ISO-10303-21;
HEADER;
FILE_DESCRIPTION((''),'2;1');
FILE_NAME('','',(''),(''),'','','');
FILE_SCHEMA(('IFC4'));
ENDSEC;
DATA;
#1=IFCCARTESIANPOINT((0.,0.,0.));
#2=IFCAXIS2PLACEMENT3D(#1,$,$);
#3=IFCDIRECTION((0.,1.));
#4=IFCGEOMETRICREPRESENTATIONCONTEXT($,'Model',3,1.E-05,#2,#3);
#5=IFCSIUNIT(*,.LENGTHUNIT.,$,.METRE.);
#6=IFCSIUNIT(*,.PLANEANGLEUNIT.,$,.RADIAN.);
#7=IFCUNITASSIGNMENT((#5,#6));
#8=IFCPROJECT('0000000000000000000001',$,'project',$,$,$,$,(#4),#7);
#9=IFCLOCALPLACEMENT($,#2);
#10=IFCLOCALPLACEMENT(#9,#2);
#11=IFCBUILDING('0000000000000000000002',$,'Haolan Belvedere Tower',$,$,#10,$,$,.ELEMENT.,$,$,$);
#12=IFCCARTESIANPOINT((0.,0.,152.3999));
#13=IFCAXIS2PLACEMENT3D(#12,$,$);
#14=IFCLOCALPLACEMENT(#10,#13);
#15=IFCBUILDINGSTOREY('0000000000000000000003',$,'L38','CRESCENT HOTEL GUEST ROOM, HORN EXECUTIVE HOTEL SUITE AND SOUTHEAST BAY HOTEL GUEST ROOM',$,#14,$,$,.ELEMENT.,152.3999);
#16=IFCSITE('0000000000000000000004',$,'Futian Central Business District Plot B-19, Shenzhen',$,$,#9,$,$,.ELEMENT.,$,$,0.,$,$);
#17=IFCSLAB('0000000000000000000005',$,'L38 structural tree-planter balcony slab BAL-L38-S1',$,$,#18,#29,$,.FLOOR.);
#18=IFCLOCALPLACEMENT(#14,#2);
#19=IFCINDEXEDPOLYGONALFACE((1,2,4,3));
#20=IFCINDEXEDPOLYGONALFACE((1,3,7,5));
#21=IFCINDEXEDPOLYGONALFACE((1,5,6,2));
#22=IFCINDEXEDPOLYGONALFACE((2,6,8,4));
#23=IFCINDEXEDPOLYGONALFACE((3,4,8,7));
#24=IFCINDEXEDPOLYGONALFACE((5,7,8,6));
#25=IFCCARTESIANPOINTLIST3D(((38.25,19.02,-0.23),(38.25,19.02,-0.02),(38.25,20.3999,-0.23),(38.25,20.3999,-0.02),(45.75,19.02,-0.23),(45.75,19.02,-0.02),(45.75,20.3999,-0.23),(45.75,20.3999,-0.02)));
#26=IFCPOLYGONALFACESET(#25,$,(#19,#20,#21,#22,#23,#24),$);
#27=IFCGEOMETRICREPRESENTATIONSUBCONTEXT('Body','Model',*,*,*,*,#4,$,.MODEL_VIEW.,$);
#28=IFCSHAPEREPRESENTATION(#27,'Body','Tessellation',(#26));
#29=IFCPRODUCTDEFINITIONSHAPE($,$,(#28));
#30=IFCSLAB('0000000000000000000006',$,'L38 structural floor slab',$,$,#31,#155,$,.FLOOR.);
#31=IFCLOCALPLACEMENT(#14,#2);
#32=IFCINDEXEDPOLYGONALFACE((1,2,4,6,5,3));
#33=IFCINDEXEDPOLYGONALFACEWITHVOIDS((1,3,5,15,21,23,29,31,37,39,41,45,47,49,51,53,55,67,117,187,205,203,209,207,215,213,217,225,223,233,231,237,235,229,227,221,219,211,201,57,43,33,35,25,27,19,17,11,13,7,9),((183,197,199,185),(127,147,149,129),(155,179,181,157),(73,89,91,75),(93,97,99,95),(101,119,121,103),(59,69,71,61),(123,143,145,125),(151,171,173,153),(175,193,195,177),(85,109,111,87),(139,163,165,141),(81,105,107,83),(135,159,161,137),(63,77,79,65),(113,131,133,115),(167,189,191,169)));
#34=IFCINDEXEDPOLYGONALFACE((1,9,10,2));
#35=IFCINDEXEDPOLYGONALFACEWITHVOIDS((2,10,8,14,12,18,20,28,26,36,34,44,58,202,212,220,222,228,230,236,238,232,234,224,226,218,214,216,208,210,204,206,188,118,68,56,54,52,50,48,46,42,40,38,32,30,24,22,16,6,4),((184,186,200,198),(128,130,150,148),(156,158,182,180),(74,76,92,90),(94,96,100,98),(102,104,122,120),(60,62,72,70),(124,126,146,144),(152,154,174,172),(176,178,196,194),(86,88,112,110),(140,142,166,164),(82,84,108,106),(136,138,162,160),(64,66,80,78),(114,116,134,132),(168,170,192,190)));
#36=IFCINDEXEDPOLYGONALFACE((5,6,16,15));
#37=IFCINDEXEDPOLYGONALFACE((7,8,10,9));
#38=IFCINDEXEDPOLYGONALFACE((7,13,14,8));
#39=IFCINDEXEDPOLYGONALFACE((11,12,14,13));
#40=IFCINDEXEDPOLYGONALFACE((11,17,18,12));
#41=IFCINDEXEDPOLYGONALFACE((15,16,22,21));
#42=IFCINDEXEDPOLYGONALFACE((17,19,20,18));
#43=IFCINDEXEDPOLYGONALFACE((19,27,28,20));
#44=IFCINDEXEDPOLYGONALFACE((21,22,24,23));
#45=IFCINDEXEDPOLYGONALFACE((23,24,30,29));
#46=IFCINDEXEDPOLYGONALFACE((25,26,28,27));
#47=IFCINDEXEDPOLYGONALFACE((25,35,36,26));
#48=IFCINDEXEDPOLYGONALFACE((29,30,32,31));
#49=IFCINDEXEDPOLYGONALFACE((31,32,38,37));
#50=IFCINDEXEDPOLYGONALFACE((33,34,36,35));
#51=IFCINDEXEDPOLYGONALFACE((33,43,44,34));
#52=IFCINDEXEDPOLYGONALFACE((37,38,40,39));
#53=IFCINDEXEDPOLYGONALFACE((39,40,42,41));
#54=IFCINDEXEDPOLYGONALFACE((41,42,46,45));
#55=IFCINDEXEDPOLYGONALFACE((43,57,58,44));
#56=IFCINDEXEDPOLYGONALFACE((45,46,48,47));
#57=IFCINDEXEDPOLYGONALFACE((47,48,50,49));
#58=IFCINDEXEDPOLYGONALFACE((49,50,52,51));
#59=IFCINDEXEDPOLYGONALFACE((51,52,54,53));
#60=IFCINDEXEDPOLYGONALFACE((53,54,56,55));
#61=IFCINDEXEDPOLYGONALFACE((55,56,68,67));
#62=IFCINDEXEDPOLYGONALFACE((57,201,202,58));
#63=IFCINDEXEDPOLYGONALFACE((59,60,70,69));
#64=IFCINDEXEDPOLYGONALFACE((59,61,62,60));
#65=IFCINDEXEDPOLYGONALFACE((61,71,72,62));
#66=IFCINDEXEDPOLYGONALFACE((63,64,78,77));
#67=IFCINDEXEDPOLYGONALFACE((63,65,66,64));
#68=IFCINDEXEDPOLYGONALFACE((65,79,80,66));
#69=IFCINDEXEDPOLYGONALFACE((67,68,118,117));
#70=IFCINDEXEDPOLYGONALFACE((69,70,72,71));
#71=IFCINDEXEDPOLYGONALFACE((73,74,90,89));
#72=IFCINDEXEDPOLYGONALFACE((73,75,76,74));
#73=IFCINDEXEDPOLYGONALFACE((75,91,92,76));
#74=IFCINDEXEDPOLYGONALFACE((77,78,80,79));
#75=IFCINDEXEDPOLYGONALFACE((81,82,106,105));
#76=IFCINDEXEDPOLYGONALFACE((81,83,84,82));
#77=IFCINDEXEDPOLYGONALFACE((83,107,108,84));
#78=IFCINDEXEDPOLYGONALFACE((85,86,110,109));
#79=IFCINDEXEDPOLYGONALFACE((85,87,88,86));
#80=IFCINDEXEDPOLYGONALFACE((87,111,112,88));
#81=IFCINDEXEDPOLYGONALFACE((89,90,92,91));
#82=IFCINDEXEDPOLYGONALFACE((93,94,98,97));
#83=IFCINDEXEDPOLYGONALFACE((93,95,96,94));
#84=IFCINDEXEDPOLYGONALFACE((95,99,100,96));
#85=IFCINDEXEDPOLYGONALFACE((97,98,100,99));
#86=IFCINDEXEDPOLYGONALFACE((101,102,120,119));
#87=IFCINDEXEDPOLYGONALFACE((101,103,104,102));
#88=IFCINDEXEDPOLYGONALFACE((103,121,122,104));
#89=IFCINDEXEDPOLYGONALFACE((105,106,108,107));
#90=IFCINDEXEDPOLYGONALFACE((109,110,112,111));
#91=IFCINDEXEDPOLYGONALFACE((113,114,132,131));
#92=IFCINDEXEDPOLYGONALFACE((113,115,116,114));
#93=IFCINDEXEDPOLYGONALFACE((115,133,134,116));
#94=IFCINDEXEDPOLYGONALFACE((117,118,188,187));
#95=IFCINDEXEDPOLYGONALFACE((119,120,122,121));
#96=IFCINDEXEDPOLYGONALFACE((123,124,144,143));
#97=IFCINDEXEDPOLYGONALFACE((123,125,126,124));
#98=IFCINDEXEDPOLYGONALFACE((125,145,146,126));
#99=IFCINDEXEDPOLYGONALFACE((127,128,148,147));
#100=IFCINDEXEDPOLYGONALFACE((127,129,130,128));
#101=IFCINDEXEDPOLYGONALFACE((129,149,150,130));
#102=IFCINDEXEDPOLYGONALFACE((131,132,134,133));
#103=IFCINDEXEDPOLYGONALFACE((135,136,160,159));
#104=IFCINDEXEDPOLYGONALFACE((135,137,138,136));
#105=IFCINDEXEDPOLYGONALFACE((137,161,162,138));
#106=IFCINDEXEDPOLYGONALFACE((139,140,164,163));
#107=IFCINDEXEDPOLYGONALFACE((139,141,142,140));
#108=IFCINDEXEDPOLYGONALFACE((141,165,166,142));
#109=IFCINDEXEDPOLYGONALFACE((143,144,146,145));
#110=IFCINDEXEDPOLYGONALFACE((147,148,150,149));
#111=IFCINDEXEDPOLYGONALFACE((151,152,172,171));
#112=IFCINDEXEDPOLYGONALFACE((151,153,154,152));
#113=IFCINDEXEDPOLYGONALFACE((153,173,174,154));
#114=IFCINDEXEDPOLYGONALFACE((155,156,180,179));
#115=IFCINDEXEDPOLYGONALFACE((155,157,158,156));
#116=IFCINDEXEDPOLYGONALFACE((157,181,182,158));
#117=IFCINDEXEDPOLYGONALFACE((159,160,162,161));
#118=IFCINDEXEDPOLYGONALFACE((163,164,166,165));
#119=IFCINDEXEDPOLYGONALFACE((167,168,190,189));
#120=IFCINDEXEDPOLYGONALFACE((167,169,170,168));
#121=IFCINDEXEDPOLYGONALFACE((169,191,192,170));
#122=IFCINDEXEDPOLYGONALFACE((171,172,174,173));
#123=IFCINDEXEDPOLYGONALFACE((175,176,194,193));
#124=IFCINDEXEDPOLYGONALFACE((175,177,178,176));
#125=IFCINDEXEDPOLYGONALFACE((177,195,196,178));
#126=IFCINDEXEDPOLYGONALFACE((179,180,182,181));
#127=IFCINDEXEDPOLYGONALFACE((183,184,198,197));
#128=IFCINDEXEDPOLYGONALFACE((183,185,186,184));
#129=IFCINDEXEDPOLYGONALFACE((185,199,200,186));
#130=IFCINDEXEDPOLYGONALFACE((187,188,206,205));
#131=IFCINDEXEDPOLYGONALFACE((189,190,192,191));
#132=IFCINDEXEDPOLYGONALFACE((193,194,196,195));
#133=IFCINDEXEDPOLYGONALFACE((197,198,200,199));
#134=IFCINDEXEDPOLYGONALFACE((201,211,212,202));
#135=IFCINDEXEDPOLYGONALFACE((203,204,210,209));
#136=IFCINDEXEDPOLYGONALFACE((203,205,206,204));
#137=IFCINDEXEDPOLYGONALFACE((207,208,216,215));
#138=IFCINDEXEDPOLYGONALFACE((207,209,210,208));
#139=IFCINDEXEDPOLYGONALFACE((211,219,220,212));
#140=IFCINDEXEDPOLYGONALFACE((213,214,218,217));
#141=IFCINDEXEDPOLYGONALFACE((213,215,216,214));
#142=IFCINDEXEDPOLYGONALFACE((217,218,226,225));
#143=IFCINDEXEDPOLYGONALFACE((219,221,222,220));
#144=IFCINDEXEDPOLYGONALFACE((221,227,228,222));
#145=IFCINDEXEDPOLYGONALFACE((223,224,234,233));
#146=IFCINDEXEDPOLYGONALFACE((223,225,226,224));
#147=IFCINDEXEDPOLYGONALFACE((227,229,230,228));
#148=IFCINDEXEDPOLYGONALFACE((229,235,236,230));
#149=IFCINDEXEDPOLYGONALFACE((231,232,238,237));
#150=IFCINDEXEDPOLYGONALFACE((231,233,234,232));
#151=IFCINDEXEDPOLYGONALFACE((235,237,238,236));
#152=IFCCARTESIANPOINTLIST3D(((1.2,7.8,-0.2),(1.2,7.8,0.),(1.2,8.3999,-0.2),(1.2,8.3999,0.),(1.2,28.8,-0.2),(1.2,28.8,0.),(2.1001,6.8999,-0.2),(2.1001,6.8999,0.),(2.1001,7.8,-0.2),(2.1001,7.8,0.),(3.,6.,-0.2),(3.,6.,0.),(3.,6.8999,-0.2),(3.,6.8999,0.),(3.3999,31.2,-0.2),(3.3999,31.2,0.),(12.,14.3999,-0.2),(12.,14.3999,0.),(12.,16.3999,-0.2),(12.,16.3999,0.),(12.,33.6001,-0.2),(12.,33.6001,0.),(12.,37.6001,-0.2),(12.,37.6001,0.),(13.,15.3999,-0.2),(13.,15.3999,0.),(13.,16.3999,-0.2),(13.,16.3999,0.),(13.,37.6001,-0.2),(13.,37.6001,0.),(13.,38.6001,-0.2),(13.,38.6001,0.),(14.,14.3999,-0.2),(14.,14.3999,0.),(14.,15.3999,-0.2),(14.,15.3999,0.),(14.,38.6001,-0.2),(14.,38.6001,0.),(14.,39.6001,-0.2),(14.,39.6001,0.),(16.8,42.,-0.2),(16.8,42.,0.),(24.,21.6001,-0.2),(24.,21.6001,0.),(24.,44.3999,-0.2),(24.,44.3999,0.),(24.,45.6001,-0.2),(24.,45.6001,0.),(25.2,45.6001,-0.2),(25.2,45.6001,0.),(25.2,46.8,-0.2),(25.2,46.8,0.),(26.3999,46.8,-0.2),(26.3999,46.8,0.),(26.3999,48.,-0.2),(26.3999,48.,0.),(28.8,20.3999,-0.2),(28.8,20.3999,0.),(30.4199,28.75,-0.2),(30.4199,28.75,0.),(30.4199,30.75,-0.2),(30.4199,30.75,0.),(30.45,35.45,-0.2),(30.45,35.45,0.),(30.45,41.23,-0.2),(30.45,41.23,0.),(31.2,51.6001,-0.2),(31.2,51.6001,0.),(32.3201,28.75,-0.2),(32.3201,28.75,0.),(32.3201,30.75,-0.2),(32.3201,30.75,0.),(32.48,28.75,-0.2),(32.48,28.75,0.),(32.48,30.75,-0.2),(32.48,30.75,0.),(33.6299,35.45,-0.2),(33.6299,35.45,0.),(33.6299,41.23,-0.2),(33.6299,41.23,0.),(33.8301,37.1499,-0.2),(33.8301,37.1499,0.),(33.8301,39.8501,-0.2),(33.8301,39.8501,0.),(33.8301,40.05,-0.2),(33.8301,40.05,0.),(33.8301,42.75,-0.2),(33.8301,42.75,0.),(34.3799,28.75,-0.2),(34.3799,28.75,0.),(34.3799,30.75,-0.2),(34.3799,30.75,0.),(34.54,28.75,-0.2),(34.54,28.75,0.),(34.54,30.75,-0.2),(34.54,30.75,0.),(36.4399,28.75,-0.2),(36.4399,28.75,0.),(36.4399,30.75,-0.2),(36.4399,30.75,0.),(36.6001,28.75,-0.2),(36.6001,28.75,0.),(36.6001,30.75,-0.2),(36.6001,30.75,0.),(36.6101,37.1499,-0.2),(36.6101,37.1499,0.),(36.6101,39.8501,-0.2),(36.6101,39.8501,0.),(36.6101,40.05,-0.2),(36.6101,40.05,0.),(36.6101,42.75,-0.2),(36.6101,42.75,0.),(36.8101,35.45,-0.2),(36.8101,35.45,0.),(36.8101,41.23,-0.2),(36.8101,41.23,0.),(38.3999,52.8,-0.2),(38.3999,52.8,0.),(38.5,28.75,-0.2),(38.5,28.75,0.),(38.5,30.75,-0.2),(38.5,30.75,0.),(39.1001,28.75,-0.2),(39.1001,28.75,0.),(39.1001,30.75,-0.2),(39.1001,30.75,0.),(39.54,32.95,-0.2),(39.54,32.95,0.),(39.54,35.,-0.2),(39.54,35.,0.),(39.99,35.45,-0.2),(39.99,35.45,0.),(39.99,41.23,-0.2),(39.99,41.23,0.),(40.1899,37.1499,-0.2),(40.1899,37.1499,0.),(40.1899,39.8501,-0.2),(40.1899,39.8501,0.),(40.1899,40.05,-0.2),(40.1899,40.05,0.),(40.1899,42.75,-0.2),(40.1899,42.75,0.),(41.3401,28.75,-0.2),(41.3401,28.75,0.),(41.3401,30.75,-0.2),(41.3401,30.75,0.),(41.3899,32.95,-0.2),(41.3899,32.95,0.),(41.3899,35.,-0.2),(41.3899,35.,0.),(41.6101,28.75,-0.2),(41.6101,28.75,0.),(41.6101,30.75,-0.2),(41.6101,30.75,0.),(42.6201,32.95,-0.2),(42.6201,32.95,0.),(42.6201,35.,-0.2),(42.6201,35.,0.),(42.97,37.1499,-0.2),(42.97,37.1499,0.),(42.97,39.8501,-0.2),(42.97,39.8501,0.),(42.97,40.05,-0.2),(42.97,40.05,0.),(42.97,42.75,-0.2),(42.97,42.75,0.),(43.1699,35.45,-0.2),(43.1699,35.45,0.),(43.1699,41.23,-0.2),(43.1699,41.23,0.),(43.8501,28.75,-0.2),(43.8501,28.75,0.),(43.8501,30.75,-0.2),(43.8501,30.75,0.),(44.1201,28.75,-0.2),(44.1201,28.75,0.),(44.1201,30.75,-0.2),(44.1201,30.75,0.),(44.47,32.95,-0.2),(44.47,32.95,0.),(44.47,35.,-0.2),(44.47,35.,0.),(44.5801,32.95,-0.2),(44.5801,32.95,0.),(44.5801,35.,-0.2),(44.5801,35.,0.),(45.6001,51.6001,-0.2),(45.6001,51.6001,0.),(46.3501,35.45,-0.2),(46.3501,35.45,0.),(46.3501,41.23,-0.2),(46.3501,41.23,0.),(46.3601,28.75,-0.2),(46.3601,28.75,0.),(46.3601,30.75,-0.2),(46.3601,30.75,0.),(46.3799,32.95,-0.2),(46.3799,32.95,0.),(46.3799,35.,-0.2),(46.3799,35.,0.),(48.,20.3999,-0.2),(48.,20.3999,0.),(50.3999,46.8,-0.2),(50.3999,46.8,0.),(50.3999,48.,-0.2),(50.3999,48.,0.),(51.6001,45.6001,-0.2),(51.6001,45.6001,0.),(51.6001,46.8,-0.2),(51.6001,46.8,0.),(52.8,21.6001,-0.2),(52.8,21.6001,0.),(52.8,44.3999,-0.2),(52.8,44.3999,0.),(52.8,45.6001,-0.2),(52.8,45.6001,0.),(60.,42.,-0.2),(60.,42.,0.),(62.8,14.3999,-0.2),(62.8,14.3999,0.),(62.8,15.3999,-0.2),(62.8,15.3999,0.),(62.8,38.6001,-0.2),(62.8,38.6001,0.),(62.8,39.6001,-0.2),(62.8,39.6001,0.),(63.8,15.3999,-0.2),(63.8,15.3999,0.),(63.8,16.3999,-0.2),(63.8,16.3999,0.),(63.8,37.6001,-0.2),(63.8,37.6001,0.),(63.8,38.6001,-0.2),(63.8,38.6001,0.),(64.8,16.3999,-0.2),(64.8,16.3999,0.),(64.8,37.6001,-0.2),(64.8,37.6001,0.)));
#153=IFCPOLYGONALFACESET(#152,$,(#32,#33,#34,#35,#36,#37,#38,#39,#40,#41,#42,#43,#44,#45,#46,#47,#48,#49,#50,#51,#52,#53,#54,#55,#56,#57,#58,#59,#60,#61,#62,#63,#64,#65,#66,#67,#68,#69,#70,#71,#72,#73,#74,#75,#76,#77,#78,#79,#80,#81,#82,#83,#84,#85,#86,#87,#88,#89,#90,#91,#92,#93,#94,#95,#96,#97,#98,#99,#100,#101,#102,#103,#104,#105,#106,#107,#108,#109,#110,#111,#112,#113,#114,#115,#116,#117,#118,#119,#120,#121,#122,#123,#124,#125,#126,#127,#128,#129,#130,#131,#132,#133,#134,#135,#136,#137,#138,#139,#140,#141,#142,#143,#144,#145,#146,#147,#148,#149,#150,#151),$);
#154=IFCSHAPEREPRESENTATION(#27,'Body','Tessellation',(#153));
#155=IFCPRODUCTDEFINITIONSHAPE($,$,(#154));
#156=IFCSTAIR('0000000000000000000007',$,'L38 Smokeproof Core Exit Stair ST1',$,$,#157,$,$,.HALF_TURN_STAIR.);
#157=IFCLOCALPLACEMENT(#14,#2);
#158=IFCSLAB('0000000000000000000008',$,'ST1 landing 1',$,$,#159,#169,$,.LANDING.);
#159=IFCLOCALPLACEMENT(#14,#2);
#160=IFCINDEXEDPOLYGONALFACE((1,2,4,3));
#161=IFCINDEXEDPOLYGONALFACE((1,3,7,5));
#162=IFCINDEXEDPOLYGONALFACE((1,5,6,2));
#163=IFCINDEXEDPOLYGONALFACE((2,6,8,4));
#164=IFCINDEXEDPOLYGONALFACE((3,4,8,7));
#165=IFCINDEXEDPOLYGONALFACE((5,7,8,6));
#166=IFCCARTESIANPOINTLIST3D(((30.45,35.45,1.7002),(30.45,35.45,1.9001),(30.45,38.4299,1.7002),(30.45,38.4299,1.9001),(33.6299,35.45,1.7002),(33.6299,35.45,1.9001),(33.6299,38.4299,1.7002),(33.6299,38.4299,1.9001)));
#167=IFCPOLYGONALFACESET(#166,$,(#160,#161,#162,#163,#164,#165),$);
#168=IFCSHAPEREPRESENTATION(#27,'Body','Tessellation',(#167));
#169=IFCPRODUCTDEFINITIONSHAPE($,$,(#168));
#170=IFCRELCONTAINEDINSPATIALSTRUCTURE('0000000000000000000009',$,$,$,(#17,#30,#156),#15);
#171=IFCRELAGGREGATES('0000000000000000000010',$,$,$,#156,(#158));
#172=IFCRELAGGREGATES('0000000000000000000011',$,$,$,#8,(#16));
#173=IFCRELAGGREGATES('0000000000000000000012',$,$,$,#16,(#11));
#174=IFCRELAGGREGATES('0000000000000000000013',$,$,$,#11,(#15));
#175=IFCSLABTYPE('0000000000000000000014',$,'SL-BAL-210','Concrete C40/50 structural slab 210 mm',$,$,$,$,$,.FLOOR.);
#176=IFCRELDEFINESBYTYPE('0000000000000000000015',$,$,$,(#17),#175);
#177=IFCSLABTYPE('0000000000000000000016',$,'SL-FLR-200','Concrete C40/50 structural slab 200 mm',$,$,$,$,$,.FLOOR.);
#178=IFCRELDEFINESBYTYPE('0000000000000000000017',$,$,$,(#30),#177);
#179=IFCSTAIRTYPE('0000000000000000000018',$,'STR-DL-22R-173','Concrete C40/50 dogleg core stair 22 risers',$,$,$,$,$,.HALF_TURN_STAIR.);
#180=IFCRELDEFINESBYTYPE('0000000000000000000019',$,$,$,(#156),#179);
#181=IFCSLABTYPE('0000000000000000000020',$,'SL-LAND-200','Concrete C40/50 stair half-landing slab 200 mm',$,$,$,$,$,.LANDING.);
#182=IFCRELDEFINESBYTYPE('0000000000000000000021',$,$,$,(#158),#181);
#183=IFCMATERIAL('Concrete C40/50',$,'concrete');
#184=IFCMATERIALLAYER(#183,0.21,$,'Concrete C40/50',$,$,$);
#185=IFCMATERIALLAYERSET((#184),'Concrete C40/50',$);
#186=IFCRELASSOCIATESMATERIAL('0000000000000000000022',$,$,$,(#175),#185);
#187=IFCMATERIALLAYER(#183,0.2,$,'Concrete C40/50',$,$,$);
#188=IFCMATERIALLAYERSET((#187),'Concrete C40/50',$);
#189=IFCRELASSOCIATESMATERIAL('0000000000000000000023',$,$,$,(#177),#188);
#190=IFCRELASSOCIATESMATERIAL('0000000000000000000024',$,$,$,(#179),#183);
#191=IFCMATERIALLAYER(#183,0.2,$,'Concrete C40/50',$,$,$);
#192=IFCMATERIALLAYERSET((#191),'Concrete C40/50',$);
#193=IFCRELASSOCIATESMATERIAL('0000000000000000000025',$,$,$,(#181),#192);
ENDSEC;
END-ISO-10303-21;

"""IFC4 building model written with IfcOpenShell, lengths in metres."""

from ifc_helpers import new_model, si_unit, direction, frame, origin, place, context, subcontext, project, spatial, polyline, outline, extrude, material, layer, layer_set, type_object, element, aggregate, save


model = new_model("IFC4")

# Units and contexts
model_context = context("Model", 3, precision=1e-05, world=origin(), true_north=direction((0.0, 1.0)))
body_context = subcontext(model_context, "Body", "Model", "MODEL_VIEW")
ifc_project = project(units=[si_unit("LENGTHUNIT", "METRE"), si_unit("PLANEANGLEUNIT", "RADIAN")], contexts=[model_context])

# Site, building, storey
site_placement = place(None, origin())
site = spatial("IfcSite", under=ifc_project, at=site_placement, Name="Futian Central Business District Plot B-19, Shenzhen", CompositionType="ELEMENT", RefElevation=0.0)
building_placement = place(site_placement, origin())
building = spatial("IfcBuilding", under=site, at=building_placement, Name="Haolan Belvedere Tower", CompositionType="ELEMENT")
storey_placement = place(building_placement, frame((0.0, 0.0, 152.3999)))
storey = spatial("IfcBuildingStorey", under=building, at=storey_placement, Name="L38", Description="CRESCENT HOTEL GUEST ROOM, HORN EXECUTIVE HOTEL SUITE AND SOUTHEAST BAY HOTEL GUEST ROOM", CompositionType="ELEMENT", Elevation=152.3999)

# Slabs
ifc_material_1 = material(Name="Concrete C40/50", Category="concrete")
ifc_layer_1 = layer(ifc_material_1, 0.21, Name="Concrete C40/50")
ifc_layer_set_1 = layer_set([ifc_layer_1], Name="Concrete C40/50")
slab_type_1 = type_object("IfcSlabType", Name="SL-BAL-210", Description="Concrete C40/50 structural slab 210 mm", PredefinedType="FLOOR", material=ifc_layer_set_1)
slab_1_placement = place(storey_placement, frame((0.0, 0.0, -0.23)))
element("IfcSlab", 1, at=slab_1_placement, inside=storey, type_object=slab_type_1, Name="L38 structural tree-planter balcony slab BAL-L38-S1", PredefinedType="FLOOR", context=body_context, shape_type="SweptSolid", body=[
    extrude(outline(polyline([(38.25, 19.02), (45.75, 19.02), (45.75, 20.3999), (38.25, 20.3999), (38.25, 19.02)])), origin(), (0.0, 0.0, 1.0), 0.21),
])
ifc_layer_2 = layer(ifc_material_1, 0.2, Name="Concrete C40/50")
ifc_layer_set_2 = layer_set([ifc_layer_2], Name="Concrete C40/50")
slab_type_2 = type_object("IfcSlabType", Name="SL-FLR-200", Description="Concrete C40/50 structural slab 200 mm", PredefinedType="FLOOR", material=ifc_layer_set_2)
slab_2_placement = place(storey_placement, frame((0.0, 0.0, -0.2)))
element("IfcSlab", 2, at=slab_2_placement, inside=storey, type_object=slab_type_2, Name="L38 structural floor slab", PredefinedType="FLOOR", context=body_context, shape_type="SweptSolid", body=[
    extrude(outline(polyline([(12.0, 14.3999), (12.0, 16.3999), (13.0, 16.3999), (13.0, 15.3999), (14.0, 15.3999), (14.0, 14.3999), (24.0, 21.6001), (28.8, 20.3999), (48.0, 20.3999), (52.8, 21.6001), (62.8, 14.3999), (62.8, 15.3999), (63.8, 15.3999), (63.8, 16.3999), (64.8, 16.3999), (64.8, 37.6001), (63.8, 37.6001), (63.8, 38.6001), (62.8, 38.6001), (62.8, 39.6001), (60.0, 42.0), (52.8, 44.3999), (52.8, 45.6001), (51.6001, 45.6001), (51.6001, 46.8), (50.3999, 46.8), (50.3999, 48.0), (45.6001, 51.6001), (38.3999, 52.8), (31.2, 51.6001), (26.3999, 48.0), (26.3999, 46.8), (25.2, 46.8), (25.2, 45.6001), (24.0, 45.6001), (24.0, 44.3999), (16.8, 42.0), (14.0, 39.6001), (14.0, 38.6001), (13.0, 38.6001), (13.0, 37.6001), (12.0, 37.6001), (12.0, 33.6001), (3.3999, 31.2), (1.2, 28.8), (1.2, 8.3999), (1.2, 7.8), (2.1001, 7.8), (2.1001, 6.8999), (3.0, 6.8999), (3.0, 6.0), (12.0, 14.3999)]), holes=[polyline([(30.45, 41.23), (30.45, 35.45), (33.6299, 35.45), (33.6299, 41.23), (30.45, 41.23)]), polyline([(36.8101, 41.23), (36.8101, 35.45), (39.99, 35.45), (39.99, 41.23), (36.8101, 41.23)]), polyline([(43.1699, 41.23), (43.1699, 35.45), (46.3501, 35.45), (46.3501, 41.23), (43.1699, 41.23)]), polyline([(33.8301, 40.05), (36.6101, 40.05), (36.6101, 42.75), (33.8301, 42.75), (33.8301, 40.05)]), polyline([(33.8301, 37.1499), (36.6101, 37.1499), (36.6101, 39.8501), (33.8301, 39.8501), (33.8301, 37.1499)]), polyline([(40.1899, 40.05), (42.97, 40.05), (42.97, 42.75), (40.1899, 42.75), (40.1899, 40.05)]), polyline([(40.1899, 37.1499), (42.97, 37.1499), (42.97, 39.8501), (40.1899, 39.8501), (40.1899, 37.1499)]), polyline([(39.54, 32.95), (41.3899, 32.95), (41.3899, 35.0), (39.54, 35.0), (39.54, 32.95)]), polyline([(42.6201, 32.95), (44.47, 32.95), (44.47, 35.0), (42.6201, 35.0), (42.6201, 32.95)]), polyline([(44.5801, 32.95), (46.3799, 32.95), (46.3799, 35.0), (44.5801, 35.0), (44.5801, 32.95)]), polyline([(30.4199, 28.75), (32.3201, 28.75), (32.3201, 30.75), (30.4199, 30.75), (30.4199, 28.75)]), polyline([(32.48, 28.75), (34.3799, 28.75), (34.3799, 30.75), (32.48, 30.75), (32.48, 28.75)]), polyline([(34.54, 28.75), (36.4399, 28.75), (36.4399, 30.75), (34.54, 30.75), (34.54, 28.75)]), polyline([(36.6001, 28.75), (38.5, 28.75), (38.5, 30.75), (36.6001, 30.75), (36.6001, 28.75)]), polyline([(39.1001, 28.75), (41.3401, 28.75), (41.3401, 30.75), (39.1001, 30.75), (39.1001, 28.75)]), polyline([(41.6101, 28.75), (43.8501, 28.75), (43.8501, 30.75), (41.6101, 30.75), (41.6101, 28.75)]), polyline([(44.1201, 28.75), (46.3601, 28.75), (46.3601, 30.75), (44.1201, 30.75), (44.1201, 28.75)])]), origin(), (0.0, 0.0, 1.0), 0.2),
])

# Stair, slab
stair_type = type_object("IfcStairType", Name="STR-DL-22R-173", Description="Concrete C40/50 dogleg core stair 22 risers", PredefinedType="HALF_TURN_STAIR", material=ifc_material_1)
stair_1_placement = place(storey_placement, origin())
stair_1 = element("IfcStair", 3, at=stair_1_placement, inside=storey, type_object=stair_type, Name="L38 Smokeproof Core Exit Stair ST1", PredefinedType="HALF_TURN_STAIR")
ifc_layer_3 = layer(ifc_material_1, 0.2, Name="Concrete C40/50")
ifc_layer_set_3 = layer_set([ifc_layer_3], Name="Concrete C40/50")
slab_type_3 = type_object("IfcSlabType", Name="SL-LAND-200", Description="Concrete C40/50 stair half-landing slab 200 mm", PredefinedType="LANDING", material=ifc_layer_set_3)
slab_3_placement = place(storey_placement, frame((0.0, 0.0, 1.7002)))
slab_3 = element("IfcSlab", 4, at=slab_3_placement, type_object=slab_type_3, Name="ST1 landing 1", PredefinedType="LANDING", context=body_context, shape_type="SweptSolid", body=[
    extrude(outline(polyline([(30.45, 38.4299), (30.45, 35.45), (33.6299, 35.45), (33.6299, 38.4299), (30.45, 38.4299)])), origin(), (0.0, 0.0, 1.0), 0.2),
])
aggregate(stair_1, [slab_3])

save(model, "model.ifc")
